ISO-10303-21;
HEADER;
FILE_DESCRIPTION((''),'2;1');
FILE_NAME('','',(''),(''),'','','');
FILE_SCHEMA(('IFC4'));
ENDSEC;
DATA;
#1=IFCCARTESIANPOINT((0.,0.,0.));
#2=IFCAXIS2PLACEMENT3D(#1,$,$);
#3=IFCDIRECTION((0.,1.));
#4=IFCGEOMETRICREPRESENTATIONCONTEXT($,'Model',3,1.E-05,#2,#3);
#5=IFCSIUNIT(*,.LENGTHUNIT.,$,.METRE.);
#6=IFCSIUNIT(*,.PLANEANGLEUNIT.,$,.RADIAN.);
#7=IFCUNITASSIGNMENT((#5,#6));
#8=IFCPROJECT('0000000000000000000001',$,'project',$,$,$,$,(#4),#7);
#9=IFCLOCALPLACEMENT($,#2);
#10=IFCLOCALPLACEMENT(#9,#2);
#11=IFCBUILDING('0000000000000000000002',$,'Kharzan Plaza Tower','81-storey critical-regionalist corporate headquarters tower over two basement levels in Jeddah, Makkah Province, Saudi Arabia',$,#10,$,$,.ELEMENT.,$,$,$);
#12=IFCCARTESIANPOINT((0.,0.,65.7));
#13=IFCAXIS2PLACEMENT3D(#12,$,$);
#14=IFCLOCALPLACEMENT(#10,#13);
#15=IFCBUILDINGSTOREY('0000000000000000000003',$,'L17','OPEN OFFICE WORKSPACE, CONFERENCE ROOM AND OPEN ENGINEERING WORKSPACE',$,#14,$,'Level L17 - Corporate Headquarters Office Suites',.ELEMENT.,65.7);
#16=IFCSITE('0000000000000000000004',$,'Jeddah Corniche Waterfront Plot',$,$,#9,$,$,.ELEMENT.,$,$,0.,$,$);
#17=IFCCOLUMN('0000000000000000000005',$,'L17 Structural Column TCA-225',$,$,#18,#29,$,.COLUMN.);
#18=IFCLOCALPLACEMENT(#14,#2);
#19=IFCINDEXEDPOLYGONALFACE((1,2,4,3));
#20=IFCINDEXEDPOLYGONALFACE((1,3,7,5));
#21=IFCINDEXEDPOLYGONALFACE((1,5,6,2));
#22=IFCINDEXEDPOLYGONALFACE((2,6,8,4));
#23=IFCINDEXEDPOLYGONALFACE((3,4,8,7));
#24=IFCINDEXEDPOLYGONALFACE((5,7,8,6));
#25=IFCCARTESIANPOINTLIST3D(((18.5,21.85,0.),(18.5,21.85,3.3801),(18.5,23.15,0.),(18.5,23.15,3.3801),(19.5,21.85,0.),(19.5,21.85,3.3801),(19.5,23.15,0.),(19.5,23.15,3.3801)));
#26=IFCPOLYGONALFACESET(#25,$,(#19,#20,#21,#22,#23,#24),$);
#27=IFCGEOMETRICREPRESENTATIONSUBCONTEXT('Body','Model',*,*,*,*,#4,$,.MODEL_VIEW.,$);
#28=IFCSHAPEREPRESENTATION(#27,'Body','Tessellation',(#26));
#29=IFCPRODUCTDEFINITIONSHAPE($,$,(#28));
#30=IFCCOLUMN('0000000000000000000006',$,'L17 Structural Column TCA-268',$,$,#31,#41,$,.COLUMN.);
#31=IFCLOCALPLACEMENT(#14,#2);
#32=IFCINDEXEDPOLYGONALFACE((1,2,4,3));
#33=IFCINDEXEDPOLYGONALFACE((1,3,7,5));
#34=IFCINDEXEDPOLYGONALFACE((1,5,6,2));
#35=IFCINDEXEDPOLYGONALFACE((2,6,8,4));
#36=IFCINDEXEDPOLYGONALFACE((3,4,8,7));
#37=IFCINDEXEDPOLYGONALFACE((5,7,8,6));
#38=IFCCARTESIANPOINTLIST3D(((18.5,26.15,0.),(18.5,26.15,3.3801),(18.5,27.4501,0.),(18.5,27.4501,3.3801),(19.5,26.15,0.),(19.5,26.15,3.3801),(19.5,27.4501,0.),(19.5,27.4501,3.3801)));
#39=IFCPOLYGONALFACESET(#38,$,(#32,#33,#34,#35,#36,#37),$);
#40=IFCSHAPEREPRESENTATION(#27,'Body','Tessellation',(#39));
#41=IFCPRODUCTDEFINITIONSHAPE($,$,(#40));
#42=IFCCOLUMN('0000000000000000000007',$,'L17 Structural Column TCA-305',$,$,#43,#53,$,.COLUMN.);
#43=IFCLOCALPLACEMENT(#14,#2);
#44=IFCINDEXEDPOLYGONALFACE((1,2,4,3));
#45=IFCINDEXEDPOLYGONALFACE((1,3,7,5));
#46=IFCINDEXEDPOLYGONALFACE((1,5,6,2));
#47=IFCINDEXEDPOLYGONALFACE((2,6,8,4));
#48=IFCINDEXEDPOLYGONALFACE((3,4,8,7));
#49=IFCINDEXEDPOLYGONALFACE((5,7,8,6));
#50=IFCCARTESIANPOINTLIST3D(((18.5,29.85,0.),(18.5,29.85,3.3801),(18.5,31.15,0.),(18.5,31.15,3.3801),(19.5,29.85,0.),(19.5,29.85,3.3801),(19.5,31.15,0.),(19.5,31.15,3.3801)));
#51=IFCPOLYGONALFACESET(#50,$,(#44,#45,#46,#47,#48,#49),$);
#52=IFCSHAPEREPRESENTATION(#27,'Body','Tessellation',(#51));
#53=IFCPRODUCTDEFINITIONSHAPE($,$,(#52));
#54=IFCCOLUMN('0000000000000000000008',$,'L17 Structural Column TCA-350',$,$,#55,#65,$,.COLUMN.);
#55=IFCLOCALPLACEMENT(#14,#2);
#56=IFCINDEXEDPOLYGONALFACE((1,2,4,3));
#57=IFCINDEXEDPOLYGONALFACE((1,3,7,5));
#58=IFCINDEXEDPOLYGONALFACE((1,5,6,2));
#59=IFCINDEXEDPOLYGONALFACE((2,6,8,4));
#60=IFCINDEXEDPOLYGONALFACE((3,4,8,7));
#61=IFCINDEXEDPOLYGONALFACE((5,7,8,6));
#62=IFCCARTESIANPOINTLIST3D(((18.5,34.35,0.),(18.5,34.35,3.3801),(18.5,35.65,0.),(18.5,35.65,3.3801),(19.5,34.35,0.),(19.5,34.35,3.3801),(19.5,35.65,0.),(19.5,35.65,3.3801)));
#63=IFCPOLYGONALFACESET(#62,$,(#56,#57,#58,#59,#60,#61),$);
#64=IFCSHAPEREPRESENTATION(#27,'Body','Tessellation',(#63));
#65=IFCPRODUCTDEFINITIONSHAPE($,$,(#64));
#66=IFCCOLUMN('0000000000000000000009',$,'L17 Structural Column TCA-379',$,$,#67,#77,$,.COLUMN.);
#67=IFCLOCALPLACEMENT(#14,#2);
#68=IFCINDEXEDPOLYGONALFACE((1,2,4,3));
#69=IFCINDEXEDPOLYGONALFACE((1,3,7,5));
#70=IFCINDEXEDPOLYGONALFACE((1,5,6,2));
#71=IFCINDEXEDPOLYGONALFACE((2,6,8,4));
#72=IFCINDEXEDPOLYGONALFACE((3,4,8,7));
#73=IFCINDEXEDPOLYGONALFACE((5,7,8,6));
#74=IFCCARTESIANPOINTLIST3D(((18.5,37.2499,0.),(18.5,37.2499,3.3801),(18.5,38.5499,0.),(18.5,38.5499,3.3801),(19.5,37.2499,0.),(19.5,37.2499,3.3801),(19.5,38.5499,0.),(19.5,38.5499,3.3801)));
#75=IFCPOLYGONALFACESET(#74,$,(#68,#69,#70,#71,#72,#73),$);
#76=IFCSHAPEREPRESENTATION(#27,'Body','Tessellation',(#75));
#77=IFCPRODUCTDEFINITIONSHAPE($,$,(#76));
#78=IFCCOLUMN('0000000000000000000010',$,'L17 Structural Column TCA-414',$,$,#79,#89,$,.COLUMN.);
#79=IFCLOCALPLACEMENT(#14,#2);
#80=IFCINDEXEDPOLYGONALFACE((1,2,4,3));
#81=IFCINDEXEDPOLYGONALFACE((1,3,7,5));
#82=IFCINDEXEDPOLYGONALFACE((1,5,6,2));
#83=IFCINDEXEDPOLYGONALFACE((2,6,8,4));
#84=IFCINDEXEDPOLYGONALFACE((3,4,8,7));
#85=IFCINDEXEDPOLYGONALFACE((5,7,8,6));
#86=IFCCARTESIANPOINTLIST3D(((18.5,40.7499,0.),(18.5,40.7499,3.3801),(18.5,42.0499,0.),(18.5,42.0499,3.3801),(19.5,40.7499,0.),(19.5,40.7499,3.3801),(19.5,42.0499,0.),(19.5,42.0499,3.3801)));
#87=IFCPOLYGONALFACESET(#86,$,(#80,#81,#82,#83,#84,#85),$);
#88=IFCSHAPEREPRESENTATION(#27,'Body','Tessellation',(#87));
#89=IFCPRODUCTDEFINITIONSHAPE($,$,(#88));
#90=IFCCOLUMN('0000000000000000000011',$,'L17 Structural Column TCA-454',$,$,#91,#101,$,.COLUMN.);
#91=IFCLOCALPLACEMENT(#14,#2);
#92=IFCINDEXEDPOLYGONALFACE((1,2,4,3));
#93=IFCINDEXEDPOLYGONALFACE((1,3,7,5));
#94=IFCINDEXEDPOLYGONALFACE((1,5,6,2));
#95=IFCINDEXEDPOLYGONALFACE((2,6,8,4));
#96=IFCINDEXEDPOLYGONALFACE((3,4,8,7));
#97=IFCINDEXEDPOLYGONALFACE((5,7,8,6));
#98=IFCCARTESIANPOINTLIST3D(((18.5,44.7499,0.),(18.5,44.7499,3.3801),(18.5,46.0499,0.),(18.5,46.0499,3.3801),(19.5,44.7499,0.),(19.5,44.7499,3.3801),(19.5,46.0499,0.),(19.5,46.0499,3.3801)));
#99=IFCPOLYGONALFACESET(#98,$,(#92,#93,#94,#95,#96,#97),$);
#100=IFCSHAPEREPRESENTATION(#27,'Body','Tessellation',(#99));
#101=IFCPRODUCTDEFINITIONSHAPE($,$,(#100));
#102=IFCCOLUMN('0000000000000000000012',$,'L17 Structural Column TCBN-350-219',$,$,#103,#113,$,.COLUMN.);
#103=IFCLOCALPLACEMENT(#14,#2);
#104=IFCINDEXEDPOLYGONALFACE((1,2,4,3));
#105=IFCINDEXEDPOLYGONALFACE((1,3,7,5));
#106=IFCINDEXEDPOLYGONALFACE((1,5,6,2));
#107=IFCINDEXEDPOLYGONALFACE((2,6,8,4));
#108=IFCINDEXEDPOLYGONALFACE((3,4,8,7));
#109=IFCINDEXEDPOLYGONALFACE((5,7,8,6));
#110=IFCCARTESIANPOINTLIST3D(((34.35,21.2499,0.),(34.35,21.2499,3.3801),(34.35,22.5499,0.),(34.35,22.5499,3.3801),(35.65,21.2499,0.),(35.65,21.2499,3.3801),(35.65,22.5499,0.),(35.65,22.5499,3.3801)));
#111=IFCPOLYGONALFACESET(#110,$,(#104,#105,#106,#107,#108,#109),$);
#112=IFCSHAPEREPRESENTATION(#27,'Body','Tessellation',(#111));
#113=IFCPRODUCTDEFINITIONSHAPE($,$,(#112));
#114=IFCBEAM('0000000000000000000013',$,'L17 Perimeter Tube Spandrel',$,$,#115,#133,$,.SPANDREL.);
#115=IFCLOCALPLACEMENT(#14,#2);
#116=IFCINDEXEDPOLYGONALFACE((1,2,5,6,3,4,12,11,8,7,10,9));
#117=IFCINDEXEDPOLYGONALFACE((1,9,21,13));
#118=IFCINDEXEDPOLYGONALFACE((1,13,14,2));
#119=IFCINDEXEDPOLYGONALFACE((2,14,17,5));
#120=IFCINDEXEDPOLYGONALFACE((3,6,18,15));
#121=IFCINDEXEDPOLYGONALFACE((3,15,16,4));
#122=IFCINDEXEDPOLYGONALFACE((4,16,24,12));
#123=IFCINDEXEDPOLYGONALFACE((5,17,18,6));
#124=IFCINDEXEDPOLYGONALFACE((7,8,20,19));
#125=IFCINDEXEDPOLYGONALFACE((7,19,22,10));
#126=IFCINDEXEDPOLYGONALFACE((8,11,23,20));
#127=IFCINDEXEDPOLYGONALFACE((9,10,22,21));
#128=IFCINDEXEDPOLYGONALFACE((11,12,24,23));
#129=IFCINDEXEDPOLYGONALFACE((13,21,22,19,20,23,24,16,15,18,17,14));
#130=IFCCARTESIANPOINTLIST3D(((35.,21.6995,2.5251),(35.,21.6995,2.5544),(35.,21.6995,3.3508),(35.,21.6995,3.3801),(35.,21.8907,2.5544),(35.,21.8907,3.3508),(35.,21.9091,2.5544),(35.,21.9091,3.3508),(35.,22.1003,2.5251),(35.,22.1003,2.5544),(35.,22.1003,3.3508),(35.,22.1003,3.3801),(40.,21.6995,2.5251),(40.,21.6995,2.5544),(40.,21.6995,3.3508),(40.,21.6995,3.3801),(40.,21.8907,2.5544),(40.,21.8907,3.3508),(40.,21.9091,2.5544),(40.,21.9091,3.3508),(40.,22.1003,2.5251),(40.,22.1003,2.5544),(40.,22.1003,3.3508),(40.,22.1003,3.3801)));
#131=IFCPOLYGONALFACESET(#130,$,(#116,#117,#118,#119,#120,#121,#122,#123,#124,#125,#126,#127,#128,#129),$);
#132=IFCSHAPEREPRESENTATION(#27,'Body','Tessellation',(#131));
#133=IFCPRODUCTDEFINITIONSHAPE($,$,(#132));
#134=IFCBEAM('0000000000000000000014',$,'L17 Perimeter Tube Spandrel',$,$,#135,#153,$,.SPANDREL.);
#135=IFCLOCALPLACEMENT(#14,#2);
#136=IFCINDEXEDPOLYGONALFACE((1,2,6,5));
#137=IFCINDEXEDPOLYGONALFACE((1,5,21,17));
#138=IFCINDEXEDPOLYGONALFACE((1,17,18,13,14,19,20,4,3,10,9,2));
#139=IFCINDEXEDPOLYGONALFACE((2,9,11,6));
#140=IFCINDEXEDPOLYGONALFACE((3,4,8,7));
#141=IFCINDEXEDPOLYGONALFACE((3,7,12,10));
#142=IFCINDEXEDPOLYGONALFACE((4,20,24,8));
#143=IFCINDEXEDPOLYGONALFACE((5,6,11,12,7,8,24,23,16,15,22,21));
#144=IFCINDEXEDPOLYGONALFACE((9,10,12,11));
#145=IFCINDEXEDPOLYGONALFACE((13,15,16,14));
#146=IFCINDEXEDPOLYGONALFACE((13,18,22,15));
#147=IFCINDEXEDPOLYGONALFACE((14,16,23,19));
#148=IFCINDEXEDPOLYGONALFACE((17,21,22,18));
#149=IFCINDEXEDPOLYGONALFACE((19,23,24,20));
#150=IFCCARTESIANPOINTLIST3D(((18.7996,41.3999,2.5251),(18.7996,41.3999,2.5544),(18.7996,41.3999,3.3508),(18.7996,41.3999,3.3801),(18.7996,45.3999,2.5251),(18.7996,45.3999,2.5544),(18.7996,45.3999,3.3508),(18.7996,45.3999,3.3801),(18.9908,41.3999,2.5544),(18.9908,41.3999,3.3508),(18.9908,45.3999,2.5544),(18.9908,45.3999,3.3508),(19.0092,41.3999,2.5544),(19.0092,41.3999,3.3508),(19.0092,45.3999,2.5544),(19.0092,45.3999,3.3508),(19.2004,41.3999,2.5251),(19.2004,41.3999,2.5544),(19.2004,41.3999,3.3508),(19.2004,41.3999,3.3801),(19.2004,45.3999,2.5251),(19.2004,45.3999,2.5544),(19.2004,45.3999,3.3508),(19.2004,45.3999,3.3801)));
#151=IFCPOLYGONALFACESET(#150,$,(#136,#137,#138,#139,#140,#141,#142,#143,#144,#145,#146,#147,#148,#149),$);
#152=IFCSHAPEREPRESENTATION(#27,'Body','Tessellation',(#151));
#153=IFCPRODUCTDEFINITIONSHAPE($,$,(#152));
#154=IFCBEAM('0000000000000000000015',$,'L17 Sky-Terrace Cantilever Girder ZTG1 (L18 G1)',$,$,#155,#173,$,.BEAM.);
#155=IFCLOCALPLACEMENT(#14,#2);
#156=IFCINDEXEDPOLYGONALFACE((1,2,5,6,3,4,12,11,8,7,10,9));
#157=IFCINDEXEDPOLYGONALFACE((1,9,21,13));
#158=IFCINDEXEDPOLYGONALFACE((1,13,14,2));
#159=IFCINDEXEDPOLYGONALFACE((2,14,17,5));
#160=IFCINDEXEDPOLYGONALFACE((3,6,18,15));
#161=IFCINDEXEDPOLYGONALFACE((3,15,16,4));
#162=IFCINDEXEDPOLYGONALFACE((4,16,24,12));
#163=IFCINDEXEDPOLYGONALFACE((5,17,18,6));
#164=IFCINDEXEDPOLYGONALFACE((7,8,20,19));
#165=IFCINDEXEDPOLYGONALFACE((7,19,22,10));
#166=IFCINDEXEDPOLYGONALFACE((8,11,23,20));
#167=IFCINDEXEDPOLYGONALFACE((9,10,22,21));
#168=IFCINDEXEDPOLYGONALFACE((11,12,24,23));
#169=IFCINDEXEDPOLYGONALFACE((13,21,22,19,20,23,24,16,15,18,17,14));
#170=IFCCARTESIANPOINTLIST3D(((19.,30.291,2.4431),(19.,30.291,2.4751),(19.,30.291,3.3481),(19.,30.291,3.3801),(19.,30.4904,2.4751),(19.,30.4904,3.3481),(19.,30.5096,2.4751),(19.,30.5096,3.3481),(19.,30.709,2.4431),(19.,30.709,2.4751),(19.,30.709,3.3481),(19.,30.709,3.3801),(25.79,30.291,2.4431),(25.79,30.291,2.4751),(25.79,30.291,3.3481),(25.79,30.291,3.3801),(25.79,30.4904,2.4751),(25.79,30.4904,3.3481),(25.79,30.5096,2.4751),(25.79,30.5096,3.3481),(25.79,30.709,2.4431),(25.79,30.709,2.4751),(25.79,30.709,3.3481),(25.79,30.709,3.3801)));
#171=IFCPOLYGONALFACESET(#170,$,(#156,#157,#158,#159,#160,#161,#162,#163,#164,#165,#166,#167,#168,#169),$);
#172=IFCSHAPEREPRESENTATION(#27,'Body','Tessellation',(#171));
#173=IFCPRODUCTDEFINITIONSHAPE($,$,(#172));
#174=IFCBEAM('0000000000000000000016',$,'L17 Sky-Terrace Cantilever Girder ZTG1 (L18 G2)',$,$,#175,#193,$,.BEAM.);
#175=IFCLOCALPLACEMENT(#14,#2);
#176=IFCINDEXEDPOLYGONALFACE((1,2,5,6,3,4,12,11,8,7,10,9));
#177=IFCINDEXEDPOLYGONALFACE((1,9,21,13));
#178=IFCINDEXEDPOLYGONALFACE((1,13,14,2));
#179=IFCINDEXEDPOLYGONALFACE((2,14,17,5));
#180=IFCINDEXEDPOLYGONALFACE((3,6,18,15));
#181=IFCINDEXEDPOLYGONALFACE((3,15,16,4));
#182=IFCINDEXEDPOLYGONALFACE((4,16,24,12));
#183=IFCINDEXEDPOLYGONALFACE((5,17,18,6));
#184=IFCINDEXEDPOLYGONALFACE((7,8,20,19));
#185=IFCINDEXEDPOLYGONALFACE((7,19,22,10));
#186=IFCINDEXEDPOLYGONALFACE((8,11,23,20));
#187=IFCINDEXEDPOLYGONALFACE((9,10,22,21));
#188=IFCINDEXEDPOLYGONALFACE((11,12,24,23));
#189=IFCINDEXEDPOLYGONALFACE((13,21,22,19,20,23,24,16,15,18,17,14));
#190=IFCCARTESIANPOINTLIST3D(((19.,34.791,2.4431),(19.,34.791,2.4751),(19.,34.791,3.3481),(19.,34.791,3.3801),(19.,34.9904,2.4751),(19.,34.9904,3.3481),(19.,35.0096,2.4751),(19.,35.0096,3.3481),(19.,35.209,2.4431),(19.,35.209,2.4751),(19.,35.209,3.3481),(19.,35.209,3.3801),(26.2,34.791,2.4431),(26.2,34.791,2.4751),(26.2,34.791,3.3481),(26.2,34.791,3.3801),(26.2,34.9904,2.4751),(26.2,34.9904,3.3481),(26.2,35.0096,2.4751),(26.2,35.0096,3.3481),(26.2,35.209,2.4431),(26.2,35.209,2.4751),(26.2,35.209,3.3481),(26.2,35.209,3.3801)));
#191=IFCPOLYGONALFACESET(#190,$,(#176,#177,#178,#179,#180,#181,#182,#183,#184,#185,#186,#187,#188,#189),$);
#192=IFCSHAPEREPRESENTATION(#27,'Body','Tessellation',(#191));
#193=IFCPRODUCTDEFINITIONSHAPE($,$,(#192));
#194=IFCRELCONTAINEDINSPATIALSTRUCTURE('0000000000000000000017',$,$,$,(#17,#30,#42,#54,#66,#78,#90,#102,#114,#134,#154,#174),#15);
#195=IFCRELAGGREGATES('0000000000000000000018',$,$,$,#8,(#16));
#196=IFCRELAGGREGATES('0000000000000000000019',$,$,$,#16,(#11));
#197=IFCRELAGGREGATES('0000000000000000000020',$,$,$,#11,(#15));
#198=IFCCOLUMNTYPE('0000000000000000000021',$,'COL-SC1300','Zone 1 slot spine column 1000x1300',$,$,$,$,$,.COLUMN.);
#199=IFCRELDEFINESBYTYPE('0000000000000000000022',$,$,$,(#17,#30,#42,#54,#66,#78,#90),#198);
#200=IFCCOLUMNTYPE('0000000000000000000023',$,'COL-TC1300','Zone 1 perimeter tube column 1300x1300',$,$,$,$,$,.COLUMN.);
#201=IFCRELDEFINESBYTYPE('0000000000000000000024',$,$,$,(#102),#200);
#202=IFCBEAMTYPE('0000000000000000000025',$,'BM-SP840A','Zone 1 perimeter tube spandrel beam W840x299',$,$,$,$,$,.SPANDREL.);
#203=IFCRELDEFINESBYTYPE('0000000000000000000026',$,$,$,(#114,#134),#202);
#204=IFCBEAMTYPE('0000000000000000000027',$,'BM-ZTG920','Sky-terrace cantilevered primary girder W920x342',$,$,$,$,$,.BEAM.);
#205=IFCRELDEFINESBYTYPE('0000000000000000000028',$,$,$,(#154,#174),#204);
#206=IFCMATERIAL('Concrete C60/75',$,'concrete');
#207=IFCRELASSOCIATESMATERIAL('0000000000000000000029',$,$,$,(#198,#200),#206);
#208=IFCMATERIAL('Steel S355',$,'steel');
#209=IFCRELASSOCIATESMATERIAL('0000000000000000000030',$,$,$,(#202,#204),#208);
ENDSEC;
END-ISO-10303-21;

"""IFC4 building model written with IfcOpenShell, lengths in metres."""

from ifc_helpers import new_model, si_unit, direction, frame, origin, origin_2d, place, context, subcontext, project, spatial, rectangle, i_section, extrude, source, transform, mapped, material, material_profile, profile_set, type_object, element, save


model = new_model("IFC4")

# Units and contexts
model_context = context("Model", 3, precision=1e-05, world=origin(), true_north=direction((0.0, 1.0)))
body_context = subcontext(model_context, "Body", "Model", "MODEL_VIEW")
ifc_project = project(units=[si_unit("LENGTHUNIT", "METRE"), si_unit("PLANEANGLEUNIT", "RADIAN")], contexts=[model_context])

# Site, building, storey
site_placement = place(None, origin())
site = spatial("IfcSite", under=ifc_project, at=site_placement, Name="Jeddah Corniche Waterfront Plot", CompositionType="ELEMENT", RefElevation=0.0)
building_placement = place(site_placement, origin())
building = spatial("IfcBuilding", under=site, at=building_placement, Name="Kharzan Plaza Tower", Description="81-storey critical-regionalist corporate headquarters tower over two basement levels in Jeddah, Makkah Province, Saudi Arabia", CompositionType="ELEMENT")
storey_placement = place(building_placement, frame((0.0, 0.0, 65.7)))
storey = spatial("IfcBuildingStorey", under=building, at=storey_placement, Name="L17", Description="OPEN OFFICE WORKSPACE, CONFERENCE ROOM AND OPEN ENGINEERING WORKSPACE", LongName="Level L17 - Corporate Headquarters Office Suites", CompositionType="ELEMENT", Elevation=65.7)

# Columns
ifc_material_1 = material(Name="Concrete C60/75", Category="concrete")
ifc_material_profile_1 = material_profile(ifc_material_1, rectangle(XDim=1.0, YDim=1.3, at=origin_2d()), Name="RC-SC1300x1000")
ifc_profile_set_1 = profile_set([ifc_material_profile_1], Name="Concrete C60/75")
column_type_1 = type_object("IfcColumnType", Name="COL-SC1300", Description="Zone 1 slot spine column 1000x1300", PredefinedType="COLUMN", material=ifc_profile_set_1)
shared_shape_1 = source(origin(), body_context, "Body", "SweptSolid", [
    extrude(rectangle(XDim=1.0, YDim=1.3, at=origin_2d()), origin(), (0.0, 0.0, 1.0), 3.3801),
])
for number, where, z_axis, x_axis, name in (
    (1, (19.0, 22.5, 0.0), (0.0, 0.0, 1.0), (1.0, 0.0, 0.0), "L17 Structural Column TCA-225"),
    (2, (19.0, 26.8, 0.0), (0.0, 0.0, 1.0), (1.0, 0.0, 0.0), "L17 Structural Column TCA-268"),
    (3, (19.0, 30.5, 0.0), (0.0, 0.0, 1.0), (1.0, 0.0, 0.0), "L17 Structural Column TCA-305"),
    (4, (19.0, 35.0, 0.0), (0.0, 0.0, 1.0), (1.0, 0.0, 0.0), "L17 Structural Column TCA-350"),
    (5, (19.0, 37.8999, 0.0), (0.0, 0.0, 1.0), (1.0, 0.0, 0.0), "L17 Structural Column TCA-379"),
    (6, (19.0, 41.3999, 0.0), (0.0, 0.0, 1.0), (1.0, 0.0, 0.0), "L17 Structural Column TCA-414"),
    (7, (19.0, 45.3999, 0.0), (0.0, 0.0, 1.0), (1.0, 0.0, 0.0), "L17 Structural Column TCA-454"),
):
    element("IfcColumn", number, at=place(storey_placement, frame(where, z_axis=z_axis, x_axis=x_axis)), inside=storey, type_object=column_type_1, Name=name, PredefinedType="COLUMN", context=body_context, shape_type="MappedRepresentation", body=[
        mapped(shared_shape_1, transform((0.0, 0.0, 0.0), x_axis=(1.0, 0.0, 0.0), y_axis=(0.0, 1.0, 0.0), z_axis=(0.0, 0.0, 1.0))),
    ])
ifc_material_profile_2 = material_profile(ifc_material_1, rectangle(XDim=1.3, YDim=1.3, at=origin_2d()), Name="RC-TC1300x1300")
ifc_profile_set_2 = profile_set([ifc_material_profile_2], Name="Concrete C60/75")
column_type_2 = type_object("IfcColumnType", Name="COL-TC1300", Description="Zone 1 perimeter tube column 1300x1300", PredefinedType="COLUMN", material=ifc_profile_set_2)
shared_shape_2 = source(origin(), body_context, "Body", "SweptSolid", [
    extrude(rectangle(XDim=1.3, YDim=1.3, at=origin_2d()), origin(), (0.0, 0.0, 1.0), 3.3801),
])
column_placement = place(storey_placement, frame((35.0, 21.8999, 0.0), z_axis=(0.0, 0.0, 1.0), x_axis=(1.0, 0.0, 0.0)))
element("IfcColumn", 8, at=column_placement, inside=storey, type_object=column_type_2, Name="L17 Structural Column TCBN-350-219", PredefinedType="COLUMN", context=body_context, shape_type="MappedRepresentation", body=[
    mapped(shared_shape_2, transform((0.0, 0.0, 0.0), x_axis=(1.0, 0.0, 0.0), y_axis=(0.0, 1.0, 0.0), z_axis=(0.0, 0.0, 1.0))),
])

# Beams
ifc_material_2 = material(Name="Steel S355", Category="steel")
ifc_material_profile_3 = material_profile(ifc_material_2, i_section(OverallWidth=0.4009, OverallDepth=0.855, WebThickness=0.0183, FlangeThickness=0.0293, at=origin_2d()), Name="W840x299")
ifc_profile_set_3 = profile_set([ifc_material_profile_3], Name="Steel S355")
beam_type_1 = type_object("IfcBeamType", Name="BM-SP840A", Description="Zone 1 perimeter tube spandrel beam W840x299", PredefinedType="SPANDREL", material=ifc_profile_set_3)
shared_shape_3 = source(origin(), body_context, "Body", "SweptSolid", [
    extrude(i_section(OverallWidth=0.4009, OverallDepth=0.855, WebThickness=0.0183, FlangeThickness=0.0293, at=origin_2d()), origin(), (0.0, 0.0, 1.0), 5.0),
])
beam_1_placement = place(storey_placement, frame((35.0, 21.8999, 2.9526), z_axis=(1.0, 0.0, 0.0), x_axis=(0.0, 1.0, 0.0)))
element("IfcBeam", 9, at=beam_1_placement, inside=storey, type_object=beam_type_1, Name="L17 Perimeter Tube Spandrel", PredefinedType="SPANDREL", context=body_context, shape_type="MappedRepresentation", body=[
    mapped(shared_shape_3, transform((0.0, 0.0, 0.0), x_axis=(1.0, 0.0, 0.0), y_axis=(0.0, 1.0, 0.0), z_axis=(0.0, 0.0, 1.0))),
])
shared_shape_4 = source(origin(), body_context, "Body", "SweptSolid", [
    extrude(i_section(OverallWidth=0.4009, OverallDepth=0.855, WebThickness=0.0183, FlangeThickness=0.0293, at=origin_2d()), origin(), (0.0, 0.0, 1.0), 4.0),
])
beam_2_placement = place(storey_placement, frame((19.0, 41.3999, 2.9526), z_axis=(0.0, 1.0, 0.0), x_axis=(-1.0, 0.0, 0.0)))
element("IfcBeam", 10, at=beam_2_placement, inside=storey, type_object=beam_type_1, Name="L17 Perimeter Tube Spandrel", PredefinedType="SPANDREL", context=body_context, shape_type="MappedRepresentation", body=[
    mapped(shared_shape_4, transform((0.0, 0.0, 0.0), x_axis=(1.0, 0.0, 0.0), y_axis=(0.0, 1.0, 0.0), z_axis=(0.0, 0.0, 1.0))),
])
ifc_material_profile_4 = material_profile(ifc_material_2, i_section(OverallWidth=0.418, OverallDepth=0.937, WebThickness=0.0193, FlangeThickness=0.032, at=origin_2d()), Name="W920x342")
ifc_profile_set_4 = profile_set([ifc_material_profile_4], Name="Steel S355")
beam_type_2 = type_object("IfcBeamType", Name="BM-ZTG920", Description="Sky-terrace cantilevered primary girder W920x342", PredefinedType="BEAM", material=ifc_profile_set_4)
shared_shape_5 = source(origin(), body_context, "Body", "SweptSolid", [
    extrude(i_section(OverallWidth=0.418, OverallDepth=0.937, WebThickness=0.0193, FlangeThickness=0.032, at=origin_2d()), origin(), (0.0, 0.0, 1.0), 6.79),
])
beam_3_placement = place(storey_placement, frame((19.0, 30.5, 2.9116), z_axis=(1.0, 0.0, 0.0), x_axis=(0.0, 1.0, 0.0)))
element("IfcBeam", 11, at=beam_3_placement, inside=storey, type_object=beam_type_2, Name="L17 Sky-Terrace Cantilever Girder ZTG1 (L18 G1)", PredefinedType="BEAM", context=body_context, shape_type="MappedRepresentation", body=[
    mapped(shared_shape_5, transform((0.0, 0.0, 0.0), x_axis=(1.0, 0.0, 0.0), y_axis=(0.0, 1.0, 0.0), z_axis=(0.0, 0.0, 1.0))),
])
shared_shape_6 = source(origin(), body_context, "Body", "SweptSolid", [
    extrude(i_section(OverallWidth=0.418, OverallDepth=0.937, WebThickness=0.0193, FlangeThickness=0.032, at=origin_2d()), origin(), (0.0, 0.0, 1.0), 7.2),
])
beam_4_placement = place(storey_placement, frame((19.0, 35.0, 2.9116), z_axis=(1.0, 0.0, 0.0), x_axis=(0.0, 1.0, 0.0)))
element("IfcBeam", 12, at=beam_4_placement, inside=storey, type_object=beam_type_2, Name="L17 Sky-Terrace Cantilever Girder ZTG1 (L18 G2)", PredefinedType="BEAM", context=body_context, shape_type="MappedRepresentation", body=[
    mapped(shared_shape_6, transform((0.0, 0.0, 0.0), x_axis=(1.0, 0.0, 0.0), y_axis=(0.0, 1.0, 0.0), z_axis=(0.0, 0.0, 1.0))),
])

save(model, "model.ifc")
